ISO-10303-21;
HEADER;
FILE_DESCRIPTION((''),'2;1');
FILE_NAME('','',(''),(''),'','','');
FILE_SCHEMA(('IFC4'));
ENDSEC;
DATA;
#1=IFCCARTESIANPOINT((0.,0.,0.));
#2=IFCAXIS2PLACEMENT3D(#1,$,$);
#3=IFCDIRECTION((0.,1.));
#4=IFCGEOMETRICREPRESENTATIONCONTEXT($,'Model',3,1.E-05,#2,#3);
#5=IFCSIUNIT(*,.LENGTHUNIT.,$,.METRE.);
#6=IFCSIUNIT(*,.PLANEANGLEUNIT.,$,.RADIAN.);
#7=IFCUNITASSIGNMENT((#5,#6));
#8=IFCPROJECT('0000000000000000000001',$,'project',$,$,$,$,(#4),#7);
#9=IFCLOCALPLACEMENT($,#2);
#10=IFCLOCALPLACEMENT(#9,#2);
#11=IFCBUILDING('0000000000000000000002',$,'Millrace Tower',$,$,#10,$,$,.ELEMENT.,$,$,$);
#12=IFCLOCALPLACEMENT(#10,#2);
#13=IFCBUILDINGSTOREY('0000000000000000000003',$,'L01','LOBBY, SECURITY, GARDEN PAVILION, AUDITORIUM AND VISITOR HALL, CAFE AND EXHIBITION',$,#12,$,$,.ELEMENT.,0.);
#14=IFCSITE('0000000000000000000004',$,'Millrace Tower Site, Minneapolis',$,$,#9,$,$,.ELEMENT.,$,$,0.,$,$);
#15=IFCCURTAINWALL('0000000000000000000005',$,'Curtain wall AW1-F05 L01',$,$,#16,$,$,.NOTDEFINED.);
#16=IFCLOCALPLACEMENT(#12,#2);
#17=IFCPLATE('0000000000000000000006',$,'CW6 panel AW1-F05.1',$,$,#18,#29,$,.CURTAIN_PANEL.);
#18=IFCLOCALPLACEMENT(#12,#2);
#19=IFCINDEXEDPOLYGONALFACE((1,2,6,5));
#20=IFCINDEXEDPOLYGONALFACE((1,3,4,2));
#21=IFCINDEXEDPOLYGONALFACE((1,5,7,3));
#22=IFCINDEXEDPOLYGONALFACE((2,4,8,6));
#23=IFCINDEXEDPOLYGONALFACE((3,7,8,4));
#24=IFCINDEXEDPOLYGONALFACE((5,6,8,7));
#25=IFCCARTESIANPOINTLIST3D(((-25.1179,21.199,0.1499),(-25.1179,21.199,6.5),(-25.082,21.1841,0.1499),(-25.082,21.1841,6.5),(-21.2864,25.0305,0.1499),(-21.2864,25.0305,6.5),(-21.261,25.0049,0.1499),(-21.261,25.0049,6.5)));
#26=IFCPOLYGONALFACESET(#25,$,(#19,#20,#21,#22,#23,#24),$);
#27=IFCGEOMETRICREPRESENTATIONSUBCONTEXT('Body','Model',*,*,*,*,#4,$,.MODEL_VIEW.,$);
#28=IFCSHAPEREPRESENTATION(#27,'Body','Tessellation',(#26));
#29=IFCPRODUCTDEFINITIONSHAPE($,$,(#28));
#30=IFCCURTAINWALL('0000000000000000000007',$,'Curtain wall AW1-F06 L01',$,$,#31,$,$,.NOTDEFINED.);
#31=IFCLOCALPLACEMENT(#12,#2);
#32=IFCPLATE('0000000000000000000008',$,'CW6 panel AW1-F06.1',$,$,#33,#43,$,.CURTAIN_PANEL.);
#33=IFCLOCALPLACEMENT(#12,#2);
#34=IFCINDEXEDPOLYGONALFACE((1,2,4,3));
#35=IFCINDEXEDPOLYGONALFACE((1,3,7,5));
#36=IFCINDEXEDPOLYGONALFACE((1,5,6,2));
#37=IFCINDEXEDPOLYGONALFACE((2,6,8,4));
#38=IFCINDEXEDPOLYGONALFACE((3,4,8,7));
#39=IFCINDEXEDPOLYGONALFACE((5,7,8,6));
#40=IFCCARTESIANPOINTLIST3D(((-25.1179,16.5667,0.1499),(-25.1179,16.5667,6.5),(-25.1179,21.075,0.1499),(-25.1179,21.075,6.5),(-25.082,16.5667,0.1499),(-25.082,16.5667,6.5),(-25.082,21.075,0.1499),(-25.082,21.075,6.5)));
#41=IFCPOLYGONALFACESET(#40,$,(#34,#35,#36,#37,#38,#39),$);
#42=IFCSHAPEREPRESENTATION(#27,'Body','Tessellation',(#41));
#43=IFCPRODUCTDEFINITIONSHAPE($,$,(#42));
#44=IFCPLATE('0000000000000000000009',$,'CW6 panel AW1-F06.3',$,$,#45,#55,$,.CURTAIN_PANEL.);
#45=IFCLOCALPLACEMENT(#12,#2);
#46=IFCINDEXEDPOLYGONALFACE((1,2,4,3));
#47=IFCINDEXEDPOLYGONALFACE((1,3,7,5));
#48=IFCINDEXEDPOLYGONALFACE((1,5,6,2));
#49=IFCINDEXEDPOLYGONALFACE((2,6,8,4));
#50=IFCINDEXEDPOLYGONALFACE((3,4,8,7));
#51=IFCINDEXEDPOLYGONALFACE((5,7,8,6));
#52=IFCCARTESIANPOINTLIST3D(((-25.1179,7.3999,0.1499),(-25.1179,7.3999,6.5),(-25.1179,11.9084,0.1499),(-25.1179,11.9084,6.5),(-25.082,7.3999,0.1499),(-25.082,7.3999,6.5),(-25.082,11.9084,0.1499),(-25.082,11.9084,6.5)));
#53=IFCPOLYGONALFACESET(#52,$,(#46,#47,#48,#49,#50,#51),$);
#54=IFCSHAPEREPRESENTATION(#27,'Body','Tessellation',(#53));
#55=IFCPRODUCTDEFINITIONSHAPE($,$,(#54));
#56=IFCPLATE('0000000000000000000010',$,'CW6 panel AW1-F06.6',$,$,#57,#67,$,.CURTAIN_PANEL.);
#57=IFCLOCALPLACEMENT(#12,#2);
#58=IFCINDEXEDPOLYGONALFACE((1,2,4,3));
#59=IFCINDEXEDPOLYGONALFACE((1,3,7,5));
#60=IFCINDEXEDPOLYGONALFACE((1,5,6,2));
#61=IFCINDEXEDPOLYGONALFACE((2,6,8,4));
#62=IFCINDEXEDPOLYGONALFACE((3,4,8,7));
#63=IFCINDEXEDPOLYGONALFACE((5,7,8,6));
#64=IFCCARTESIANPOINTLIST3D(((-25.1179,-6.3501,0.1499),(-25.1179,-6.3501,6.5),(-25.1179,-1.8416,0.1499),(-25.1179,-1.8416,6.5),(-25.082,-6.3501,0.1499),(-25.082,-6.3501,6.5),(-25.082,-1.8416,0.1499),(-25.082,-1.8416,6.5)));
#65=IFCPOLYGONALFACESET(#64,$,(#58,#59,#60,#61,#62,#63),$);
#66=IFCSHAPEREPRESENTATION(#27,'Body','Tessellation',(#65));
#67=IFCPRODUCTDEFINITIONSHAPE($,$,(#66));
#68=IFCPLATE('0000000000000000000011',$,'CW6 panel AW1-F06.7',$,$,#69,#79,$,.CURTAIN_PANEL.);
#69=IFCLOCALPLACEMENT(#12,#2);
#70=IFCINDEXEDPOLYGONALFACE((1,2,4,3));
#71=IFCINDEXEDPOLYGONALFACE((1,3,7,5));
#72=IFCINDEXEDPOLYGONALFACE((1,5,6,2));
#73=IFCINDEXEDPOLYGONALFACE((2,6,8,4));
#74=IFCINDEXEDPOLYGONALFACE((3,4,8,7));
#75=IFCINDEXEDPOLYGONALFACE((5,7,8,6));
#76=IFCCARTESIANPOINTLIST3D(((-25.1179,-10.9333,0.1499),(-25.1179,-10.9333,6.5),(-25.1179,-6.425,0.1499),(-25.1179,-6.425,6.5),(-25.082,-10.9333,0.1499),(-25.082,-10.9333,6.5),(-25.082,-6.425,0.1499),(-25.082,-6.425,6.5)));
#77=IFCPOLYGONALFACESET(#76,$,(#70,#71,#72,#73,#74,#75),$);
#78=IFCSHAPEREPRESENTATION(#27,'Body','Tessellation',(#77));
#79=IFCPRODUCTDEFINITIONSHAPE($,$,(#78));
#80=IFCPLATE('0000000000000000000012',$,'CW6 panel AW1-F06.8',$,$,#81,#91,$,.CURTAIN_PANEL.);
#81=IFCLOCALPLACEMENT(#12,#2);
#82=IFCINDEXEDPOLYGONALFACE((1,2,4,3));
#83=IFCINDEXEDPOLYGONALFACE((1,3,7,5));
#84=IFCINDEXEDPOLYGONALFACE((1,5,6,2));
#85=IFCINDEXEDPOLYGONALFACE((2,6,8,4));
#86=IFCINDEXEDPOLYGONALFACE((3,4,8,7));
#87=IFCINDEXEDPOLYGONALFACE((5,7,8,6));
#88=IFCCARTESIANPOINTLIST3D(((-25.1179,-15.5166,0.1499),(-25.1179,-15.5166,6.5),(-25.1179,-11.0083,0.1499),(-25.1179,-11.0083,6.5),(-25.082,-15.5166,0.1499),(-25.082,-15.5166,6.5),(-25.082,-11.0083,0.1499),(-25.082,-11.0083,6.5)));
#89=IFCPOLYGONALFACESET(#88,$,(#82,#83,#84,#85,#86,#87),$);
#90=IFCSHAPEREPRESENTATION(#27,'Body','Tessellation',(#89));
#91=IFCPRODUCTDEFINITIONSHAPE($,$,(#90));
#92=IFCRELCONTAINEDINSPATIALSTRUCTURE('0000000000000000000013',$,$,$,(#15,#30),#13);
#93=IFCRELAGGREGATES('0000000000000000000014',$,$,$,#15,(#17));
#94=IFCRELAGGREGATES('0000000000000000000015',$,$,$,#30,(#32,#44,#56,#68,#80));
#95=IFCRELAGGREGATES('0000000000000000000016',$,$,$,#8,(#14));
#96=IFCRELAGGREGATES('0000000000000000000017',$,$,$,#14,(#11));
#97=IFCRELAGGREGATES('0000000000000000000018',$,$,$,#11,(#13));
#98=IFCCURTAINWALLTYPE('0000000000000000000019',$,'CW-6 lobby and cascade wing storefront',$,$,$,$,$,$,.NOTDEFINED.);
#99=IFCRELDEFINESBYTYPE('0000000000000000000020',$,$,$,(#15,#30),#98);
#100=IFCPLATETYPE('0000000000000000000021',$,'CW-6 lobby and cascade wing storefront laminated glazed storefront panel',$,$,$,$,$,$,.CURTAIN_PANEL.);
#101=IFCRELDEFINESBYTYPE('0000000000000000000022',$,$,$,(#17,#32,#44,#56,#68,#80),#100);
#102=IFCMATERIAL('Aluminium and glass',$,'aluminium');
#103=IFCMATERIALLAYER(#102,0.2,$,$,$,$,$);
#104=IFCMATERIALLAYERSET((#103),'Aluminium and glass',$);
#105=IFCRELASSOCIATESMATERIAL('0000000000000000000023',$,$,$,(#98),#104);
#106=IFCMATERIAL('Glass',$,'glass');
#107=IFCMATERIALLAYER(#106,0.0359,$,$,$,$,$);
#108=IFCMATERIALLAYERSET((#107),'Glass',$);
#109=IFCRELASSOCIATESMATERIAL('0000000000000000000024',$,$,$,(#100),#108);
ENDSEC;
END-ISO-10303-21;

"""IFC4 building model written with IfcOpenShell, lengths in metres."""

from ifc_helpers import new_model, si_unit, direction, frame, origin, place, context, subcontext, project, spatial, polyline, outline, extrude, material, layer, layer_set, type_object, element, aggregate, save


model = new_model("IFC4")

# Units and contexts
model_context = context("Model", 3, precision=1e-05, world=origin(), true_north=direction((0.0, 1.0)))
body_context = subcontext(model_context, "Body", "Model", "MODEL_VIEW")
ifc_project = project(units=[si_unit("LENGTHUNIT", "METRE"), si_unit("PLANEANGLEUNIT", "RADIAN")], contexts=[model_context])

# Site, building, storey
site_placement = place(None, origin())
site = spatial("IfcSite", under=ifc_project, at=site_placement, Name="Millrace Tower Site, Minneapolis", CompositionType="ELEMENT", RefElevation=0.0)
building_placement = place(site_placement, origin())
building = spatial("IfcBuilding", under=site, at=building_placement, Name="Millrace Tower", CompositionType="ELEMENT")
storey_placement = place(building_placement, origin())
storey = spatial("IfcBuildingStorey", under=building, at=storey_placement, Name="L01", Description="LOBBY, SECURITY, GARDEN PAVILION, AUDITORIUM AND VISITOR HALL, CAFE AND EXHIBITION", CompositionType="ELEMENT", Elevation=0.0)

# Shared definitions
ifc_material_1 = material(Name="Aluminium and glass", Category="aluminium")
ifc_layer_1 = layer(ifc_material_1, 0.2)
ifc_layer_set_1 = layer_set([ifc_layer_1], Name="Aluminium and glass")
curtain_wall_type = type_object("IfcCurtainWallType", Name="CW-6 lobby and cascade wing storefront", PredefinedType="NOTDEFINED", material=ifc_layer_set_1)
placement_1 = place(storey_placement, origin())
ifc_material_2 = material(Name="Glass", Category="glass")
ifc_layer_2 = layer(ifc_material_2, 0.0359)
ifc_layer_set_2 = layer_set([ifc_layer_2], Name="Glass")
plate_type = type_object("IfcPlateType", Name="CW-6 lobby and cascade wing storefront laminated glazed storefront panel", PredefinedType="CURTAIN_PANEL", material=ifc_layer_set_2)
placement_2 = place(storey_placement, frame((0.0, 0.0, 0.1499)))

# Curtain wall, plate
curtain_wall_1 = element("IfcCurtainWall", 1, at=placement_1, inside=storey, type_object=curtain_wall_type, Name="Curtain wall AW1-F05 L01", PredefinedType="NOTDEFINED")
plate_1 = element("IfcPlate", 2, at=placement_2, type_object=plate_type, Name="CW6 panel AW1-F05.1", PredefinedType="CURTAIN_PANEL", context=body_context, shape_type="SweptSolid", body=[
    extrude(outline(polyline([(-21.2864, 25.0305), (-25.1179, 21.199), (-25.082, 21.1841), (-21.261, 25.0049), (-21.2864, 25.0305)])), origin(), (0.0, 0.0, 1.0), 6.3501),
])
aggregate(curtain_wall_1, [plate_1])

# Curtain wall, plates
curtain_wall_2 = element("IfcCurtainWall", 3, at=placement_1, inside=storey, type_object=curtain_wall_type, Name="Curtain wall AW1-F06 L01", PredefinedType="NOTDEFINED")
plate_2 = element("IfcPlate", 4, at=placement_2, type_object=plate_type, Name="CW6 panel AW1-F06.1", PredefinedType="CURTAIN_PANEL", context=body_context, shape_type="SweptSolid", body=[
    extrude(outline(polyline([(-25.1179, 21.075), (-25.1179, 16.5667), (-25.082, 16.5667), (-25.082, 21.075), (-25.1179, 21.075)])), origin(), (0.0, 0.0, 1.0), 6.3501),
])
plate_3 = element("IfcPlate", 5, at=placement_2, type_object=plate_type, Name="CW6 panel AW1-F06.3", PredefinedType="CURTAIN_PANEL", context=body_context, shape_type="SweptSolid", body=[
    extrude(outline(polyline([(-25.1179, 11.9084), (-25.1179, 7.3999), (-25.082, 7.3999), (-25.082, 11.9084), (-25.1179, 11.9084)])), origin(), (0.0, 0.0, 1.0), 6.3501),
])
plate_4 = element("IfcPlate", 6, at=placement_2, type_object=plate_type, Name="CW6 panel AW1-F06.6", PredefinedType="CURTAIN_PANEL", context=body_context, shape_type="SweptSolid", body=[
    extrude(outline(polyline([(-25.1179, -1.8416), (-25.1179, -6.3501), (-25.082, -6.3501), (-25.082, -1.8416), (-25.1179, -1.8416)])), origin(), (0.0, 0.0, 1.0), 6.3501),
])
plate_5 = element("IfcPlate", 7, at=placement_2, type_object=plate_type, Name="CW6 panel AW1-F06.7", PredefinedType="CURTAIN_PANEL", context=body_context, shape_type="SweptSolid", body=[
    extrude(outline(polyline([(-25.1179, -6.425), (-25.1179, -10.9333), (-25.082, -10.9333), (-25.082, -6.425), (-25.1179, -6.425)])), origin(), (0.0, 0.0, 1.0), 6.3501),
])
plate_6 = element("IfcPlate", 8, at=placement_2, type_object=plate_type, Name="CW6 panel AW1-F06.8", PredefinedType="CURTAIN_PANEL", context=body_context, shape_type="SweptSolid", body=[
    extrude(outline(polyline([(-25.1179, -11.0083), (-25.1179, -15.5166), (-25.082, -15.5166), (-25.082, -11.0083), (-25.1179, -11.0083)])), origin(), (0.0, 0.0, 1.0), 6.3501),
])
aggregate(curtain_wall_2, [plate_2, plate_3, plate_4, plate_5, plate_6])

save(model, "model.ifc")
